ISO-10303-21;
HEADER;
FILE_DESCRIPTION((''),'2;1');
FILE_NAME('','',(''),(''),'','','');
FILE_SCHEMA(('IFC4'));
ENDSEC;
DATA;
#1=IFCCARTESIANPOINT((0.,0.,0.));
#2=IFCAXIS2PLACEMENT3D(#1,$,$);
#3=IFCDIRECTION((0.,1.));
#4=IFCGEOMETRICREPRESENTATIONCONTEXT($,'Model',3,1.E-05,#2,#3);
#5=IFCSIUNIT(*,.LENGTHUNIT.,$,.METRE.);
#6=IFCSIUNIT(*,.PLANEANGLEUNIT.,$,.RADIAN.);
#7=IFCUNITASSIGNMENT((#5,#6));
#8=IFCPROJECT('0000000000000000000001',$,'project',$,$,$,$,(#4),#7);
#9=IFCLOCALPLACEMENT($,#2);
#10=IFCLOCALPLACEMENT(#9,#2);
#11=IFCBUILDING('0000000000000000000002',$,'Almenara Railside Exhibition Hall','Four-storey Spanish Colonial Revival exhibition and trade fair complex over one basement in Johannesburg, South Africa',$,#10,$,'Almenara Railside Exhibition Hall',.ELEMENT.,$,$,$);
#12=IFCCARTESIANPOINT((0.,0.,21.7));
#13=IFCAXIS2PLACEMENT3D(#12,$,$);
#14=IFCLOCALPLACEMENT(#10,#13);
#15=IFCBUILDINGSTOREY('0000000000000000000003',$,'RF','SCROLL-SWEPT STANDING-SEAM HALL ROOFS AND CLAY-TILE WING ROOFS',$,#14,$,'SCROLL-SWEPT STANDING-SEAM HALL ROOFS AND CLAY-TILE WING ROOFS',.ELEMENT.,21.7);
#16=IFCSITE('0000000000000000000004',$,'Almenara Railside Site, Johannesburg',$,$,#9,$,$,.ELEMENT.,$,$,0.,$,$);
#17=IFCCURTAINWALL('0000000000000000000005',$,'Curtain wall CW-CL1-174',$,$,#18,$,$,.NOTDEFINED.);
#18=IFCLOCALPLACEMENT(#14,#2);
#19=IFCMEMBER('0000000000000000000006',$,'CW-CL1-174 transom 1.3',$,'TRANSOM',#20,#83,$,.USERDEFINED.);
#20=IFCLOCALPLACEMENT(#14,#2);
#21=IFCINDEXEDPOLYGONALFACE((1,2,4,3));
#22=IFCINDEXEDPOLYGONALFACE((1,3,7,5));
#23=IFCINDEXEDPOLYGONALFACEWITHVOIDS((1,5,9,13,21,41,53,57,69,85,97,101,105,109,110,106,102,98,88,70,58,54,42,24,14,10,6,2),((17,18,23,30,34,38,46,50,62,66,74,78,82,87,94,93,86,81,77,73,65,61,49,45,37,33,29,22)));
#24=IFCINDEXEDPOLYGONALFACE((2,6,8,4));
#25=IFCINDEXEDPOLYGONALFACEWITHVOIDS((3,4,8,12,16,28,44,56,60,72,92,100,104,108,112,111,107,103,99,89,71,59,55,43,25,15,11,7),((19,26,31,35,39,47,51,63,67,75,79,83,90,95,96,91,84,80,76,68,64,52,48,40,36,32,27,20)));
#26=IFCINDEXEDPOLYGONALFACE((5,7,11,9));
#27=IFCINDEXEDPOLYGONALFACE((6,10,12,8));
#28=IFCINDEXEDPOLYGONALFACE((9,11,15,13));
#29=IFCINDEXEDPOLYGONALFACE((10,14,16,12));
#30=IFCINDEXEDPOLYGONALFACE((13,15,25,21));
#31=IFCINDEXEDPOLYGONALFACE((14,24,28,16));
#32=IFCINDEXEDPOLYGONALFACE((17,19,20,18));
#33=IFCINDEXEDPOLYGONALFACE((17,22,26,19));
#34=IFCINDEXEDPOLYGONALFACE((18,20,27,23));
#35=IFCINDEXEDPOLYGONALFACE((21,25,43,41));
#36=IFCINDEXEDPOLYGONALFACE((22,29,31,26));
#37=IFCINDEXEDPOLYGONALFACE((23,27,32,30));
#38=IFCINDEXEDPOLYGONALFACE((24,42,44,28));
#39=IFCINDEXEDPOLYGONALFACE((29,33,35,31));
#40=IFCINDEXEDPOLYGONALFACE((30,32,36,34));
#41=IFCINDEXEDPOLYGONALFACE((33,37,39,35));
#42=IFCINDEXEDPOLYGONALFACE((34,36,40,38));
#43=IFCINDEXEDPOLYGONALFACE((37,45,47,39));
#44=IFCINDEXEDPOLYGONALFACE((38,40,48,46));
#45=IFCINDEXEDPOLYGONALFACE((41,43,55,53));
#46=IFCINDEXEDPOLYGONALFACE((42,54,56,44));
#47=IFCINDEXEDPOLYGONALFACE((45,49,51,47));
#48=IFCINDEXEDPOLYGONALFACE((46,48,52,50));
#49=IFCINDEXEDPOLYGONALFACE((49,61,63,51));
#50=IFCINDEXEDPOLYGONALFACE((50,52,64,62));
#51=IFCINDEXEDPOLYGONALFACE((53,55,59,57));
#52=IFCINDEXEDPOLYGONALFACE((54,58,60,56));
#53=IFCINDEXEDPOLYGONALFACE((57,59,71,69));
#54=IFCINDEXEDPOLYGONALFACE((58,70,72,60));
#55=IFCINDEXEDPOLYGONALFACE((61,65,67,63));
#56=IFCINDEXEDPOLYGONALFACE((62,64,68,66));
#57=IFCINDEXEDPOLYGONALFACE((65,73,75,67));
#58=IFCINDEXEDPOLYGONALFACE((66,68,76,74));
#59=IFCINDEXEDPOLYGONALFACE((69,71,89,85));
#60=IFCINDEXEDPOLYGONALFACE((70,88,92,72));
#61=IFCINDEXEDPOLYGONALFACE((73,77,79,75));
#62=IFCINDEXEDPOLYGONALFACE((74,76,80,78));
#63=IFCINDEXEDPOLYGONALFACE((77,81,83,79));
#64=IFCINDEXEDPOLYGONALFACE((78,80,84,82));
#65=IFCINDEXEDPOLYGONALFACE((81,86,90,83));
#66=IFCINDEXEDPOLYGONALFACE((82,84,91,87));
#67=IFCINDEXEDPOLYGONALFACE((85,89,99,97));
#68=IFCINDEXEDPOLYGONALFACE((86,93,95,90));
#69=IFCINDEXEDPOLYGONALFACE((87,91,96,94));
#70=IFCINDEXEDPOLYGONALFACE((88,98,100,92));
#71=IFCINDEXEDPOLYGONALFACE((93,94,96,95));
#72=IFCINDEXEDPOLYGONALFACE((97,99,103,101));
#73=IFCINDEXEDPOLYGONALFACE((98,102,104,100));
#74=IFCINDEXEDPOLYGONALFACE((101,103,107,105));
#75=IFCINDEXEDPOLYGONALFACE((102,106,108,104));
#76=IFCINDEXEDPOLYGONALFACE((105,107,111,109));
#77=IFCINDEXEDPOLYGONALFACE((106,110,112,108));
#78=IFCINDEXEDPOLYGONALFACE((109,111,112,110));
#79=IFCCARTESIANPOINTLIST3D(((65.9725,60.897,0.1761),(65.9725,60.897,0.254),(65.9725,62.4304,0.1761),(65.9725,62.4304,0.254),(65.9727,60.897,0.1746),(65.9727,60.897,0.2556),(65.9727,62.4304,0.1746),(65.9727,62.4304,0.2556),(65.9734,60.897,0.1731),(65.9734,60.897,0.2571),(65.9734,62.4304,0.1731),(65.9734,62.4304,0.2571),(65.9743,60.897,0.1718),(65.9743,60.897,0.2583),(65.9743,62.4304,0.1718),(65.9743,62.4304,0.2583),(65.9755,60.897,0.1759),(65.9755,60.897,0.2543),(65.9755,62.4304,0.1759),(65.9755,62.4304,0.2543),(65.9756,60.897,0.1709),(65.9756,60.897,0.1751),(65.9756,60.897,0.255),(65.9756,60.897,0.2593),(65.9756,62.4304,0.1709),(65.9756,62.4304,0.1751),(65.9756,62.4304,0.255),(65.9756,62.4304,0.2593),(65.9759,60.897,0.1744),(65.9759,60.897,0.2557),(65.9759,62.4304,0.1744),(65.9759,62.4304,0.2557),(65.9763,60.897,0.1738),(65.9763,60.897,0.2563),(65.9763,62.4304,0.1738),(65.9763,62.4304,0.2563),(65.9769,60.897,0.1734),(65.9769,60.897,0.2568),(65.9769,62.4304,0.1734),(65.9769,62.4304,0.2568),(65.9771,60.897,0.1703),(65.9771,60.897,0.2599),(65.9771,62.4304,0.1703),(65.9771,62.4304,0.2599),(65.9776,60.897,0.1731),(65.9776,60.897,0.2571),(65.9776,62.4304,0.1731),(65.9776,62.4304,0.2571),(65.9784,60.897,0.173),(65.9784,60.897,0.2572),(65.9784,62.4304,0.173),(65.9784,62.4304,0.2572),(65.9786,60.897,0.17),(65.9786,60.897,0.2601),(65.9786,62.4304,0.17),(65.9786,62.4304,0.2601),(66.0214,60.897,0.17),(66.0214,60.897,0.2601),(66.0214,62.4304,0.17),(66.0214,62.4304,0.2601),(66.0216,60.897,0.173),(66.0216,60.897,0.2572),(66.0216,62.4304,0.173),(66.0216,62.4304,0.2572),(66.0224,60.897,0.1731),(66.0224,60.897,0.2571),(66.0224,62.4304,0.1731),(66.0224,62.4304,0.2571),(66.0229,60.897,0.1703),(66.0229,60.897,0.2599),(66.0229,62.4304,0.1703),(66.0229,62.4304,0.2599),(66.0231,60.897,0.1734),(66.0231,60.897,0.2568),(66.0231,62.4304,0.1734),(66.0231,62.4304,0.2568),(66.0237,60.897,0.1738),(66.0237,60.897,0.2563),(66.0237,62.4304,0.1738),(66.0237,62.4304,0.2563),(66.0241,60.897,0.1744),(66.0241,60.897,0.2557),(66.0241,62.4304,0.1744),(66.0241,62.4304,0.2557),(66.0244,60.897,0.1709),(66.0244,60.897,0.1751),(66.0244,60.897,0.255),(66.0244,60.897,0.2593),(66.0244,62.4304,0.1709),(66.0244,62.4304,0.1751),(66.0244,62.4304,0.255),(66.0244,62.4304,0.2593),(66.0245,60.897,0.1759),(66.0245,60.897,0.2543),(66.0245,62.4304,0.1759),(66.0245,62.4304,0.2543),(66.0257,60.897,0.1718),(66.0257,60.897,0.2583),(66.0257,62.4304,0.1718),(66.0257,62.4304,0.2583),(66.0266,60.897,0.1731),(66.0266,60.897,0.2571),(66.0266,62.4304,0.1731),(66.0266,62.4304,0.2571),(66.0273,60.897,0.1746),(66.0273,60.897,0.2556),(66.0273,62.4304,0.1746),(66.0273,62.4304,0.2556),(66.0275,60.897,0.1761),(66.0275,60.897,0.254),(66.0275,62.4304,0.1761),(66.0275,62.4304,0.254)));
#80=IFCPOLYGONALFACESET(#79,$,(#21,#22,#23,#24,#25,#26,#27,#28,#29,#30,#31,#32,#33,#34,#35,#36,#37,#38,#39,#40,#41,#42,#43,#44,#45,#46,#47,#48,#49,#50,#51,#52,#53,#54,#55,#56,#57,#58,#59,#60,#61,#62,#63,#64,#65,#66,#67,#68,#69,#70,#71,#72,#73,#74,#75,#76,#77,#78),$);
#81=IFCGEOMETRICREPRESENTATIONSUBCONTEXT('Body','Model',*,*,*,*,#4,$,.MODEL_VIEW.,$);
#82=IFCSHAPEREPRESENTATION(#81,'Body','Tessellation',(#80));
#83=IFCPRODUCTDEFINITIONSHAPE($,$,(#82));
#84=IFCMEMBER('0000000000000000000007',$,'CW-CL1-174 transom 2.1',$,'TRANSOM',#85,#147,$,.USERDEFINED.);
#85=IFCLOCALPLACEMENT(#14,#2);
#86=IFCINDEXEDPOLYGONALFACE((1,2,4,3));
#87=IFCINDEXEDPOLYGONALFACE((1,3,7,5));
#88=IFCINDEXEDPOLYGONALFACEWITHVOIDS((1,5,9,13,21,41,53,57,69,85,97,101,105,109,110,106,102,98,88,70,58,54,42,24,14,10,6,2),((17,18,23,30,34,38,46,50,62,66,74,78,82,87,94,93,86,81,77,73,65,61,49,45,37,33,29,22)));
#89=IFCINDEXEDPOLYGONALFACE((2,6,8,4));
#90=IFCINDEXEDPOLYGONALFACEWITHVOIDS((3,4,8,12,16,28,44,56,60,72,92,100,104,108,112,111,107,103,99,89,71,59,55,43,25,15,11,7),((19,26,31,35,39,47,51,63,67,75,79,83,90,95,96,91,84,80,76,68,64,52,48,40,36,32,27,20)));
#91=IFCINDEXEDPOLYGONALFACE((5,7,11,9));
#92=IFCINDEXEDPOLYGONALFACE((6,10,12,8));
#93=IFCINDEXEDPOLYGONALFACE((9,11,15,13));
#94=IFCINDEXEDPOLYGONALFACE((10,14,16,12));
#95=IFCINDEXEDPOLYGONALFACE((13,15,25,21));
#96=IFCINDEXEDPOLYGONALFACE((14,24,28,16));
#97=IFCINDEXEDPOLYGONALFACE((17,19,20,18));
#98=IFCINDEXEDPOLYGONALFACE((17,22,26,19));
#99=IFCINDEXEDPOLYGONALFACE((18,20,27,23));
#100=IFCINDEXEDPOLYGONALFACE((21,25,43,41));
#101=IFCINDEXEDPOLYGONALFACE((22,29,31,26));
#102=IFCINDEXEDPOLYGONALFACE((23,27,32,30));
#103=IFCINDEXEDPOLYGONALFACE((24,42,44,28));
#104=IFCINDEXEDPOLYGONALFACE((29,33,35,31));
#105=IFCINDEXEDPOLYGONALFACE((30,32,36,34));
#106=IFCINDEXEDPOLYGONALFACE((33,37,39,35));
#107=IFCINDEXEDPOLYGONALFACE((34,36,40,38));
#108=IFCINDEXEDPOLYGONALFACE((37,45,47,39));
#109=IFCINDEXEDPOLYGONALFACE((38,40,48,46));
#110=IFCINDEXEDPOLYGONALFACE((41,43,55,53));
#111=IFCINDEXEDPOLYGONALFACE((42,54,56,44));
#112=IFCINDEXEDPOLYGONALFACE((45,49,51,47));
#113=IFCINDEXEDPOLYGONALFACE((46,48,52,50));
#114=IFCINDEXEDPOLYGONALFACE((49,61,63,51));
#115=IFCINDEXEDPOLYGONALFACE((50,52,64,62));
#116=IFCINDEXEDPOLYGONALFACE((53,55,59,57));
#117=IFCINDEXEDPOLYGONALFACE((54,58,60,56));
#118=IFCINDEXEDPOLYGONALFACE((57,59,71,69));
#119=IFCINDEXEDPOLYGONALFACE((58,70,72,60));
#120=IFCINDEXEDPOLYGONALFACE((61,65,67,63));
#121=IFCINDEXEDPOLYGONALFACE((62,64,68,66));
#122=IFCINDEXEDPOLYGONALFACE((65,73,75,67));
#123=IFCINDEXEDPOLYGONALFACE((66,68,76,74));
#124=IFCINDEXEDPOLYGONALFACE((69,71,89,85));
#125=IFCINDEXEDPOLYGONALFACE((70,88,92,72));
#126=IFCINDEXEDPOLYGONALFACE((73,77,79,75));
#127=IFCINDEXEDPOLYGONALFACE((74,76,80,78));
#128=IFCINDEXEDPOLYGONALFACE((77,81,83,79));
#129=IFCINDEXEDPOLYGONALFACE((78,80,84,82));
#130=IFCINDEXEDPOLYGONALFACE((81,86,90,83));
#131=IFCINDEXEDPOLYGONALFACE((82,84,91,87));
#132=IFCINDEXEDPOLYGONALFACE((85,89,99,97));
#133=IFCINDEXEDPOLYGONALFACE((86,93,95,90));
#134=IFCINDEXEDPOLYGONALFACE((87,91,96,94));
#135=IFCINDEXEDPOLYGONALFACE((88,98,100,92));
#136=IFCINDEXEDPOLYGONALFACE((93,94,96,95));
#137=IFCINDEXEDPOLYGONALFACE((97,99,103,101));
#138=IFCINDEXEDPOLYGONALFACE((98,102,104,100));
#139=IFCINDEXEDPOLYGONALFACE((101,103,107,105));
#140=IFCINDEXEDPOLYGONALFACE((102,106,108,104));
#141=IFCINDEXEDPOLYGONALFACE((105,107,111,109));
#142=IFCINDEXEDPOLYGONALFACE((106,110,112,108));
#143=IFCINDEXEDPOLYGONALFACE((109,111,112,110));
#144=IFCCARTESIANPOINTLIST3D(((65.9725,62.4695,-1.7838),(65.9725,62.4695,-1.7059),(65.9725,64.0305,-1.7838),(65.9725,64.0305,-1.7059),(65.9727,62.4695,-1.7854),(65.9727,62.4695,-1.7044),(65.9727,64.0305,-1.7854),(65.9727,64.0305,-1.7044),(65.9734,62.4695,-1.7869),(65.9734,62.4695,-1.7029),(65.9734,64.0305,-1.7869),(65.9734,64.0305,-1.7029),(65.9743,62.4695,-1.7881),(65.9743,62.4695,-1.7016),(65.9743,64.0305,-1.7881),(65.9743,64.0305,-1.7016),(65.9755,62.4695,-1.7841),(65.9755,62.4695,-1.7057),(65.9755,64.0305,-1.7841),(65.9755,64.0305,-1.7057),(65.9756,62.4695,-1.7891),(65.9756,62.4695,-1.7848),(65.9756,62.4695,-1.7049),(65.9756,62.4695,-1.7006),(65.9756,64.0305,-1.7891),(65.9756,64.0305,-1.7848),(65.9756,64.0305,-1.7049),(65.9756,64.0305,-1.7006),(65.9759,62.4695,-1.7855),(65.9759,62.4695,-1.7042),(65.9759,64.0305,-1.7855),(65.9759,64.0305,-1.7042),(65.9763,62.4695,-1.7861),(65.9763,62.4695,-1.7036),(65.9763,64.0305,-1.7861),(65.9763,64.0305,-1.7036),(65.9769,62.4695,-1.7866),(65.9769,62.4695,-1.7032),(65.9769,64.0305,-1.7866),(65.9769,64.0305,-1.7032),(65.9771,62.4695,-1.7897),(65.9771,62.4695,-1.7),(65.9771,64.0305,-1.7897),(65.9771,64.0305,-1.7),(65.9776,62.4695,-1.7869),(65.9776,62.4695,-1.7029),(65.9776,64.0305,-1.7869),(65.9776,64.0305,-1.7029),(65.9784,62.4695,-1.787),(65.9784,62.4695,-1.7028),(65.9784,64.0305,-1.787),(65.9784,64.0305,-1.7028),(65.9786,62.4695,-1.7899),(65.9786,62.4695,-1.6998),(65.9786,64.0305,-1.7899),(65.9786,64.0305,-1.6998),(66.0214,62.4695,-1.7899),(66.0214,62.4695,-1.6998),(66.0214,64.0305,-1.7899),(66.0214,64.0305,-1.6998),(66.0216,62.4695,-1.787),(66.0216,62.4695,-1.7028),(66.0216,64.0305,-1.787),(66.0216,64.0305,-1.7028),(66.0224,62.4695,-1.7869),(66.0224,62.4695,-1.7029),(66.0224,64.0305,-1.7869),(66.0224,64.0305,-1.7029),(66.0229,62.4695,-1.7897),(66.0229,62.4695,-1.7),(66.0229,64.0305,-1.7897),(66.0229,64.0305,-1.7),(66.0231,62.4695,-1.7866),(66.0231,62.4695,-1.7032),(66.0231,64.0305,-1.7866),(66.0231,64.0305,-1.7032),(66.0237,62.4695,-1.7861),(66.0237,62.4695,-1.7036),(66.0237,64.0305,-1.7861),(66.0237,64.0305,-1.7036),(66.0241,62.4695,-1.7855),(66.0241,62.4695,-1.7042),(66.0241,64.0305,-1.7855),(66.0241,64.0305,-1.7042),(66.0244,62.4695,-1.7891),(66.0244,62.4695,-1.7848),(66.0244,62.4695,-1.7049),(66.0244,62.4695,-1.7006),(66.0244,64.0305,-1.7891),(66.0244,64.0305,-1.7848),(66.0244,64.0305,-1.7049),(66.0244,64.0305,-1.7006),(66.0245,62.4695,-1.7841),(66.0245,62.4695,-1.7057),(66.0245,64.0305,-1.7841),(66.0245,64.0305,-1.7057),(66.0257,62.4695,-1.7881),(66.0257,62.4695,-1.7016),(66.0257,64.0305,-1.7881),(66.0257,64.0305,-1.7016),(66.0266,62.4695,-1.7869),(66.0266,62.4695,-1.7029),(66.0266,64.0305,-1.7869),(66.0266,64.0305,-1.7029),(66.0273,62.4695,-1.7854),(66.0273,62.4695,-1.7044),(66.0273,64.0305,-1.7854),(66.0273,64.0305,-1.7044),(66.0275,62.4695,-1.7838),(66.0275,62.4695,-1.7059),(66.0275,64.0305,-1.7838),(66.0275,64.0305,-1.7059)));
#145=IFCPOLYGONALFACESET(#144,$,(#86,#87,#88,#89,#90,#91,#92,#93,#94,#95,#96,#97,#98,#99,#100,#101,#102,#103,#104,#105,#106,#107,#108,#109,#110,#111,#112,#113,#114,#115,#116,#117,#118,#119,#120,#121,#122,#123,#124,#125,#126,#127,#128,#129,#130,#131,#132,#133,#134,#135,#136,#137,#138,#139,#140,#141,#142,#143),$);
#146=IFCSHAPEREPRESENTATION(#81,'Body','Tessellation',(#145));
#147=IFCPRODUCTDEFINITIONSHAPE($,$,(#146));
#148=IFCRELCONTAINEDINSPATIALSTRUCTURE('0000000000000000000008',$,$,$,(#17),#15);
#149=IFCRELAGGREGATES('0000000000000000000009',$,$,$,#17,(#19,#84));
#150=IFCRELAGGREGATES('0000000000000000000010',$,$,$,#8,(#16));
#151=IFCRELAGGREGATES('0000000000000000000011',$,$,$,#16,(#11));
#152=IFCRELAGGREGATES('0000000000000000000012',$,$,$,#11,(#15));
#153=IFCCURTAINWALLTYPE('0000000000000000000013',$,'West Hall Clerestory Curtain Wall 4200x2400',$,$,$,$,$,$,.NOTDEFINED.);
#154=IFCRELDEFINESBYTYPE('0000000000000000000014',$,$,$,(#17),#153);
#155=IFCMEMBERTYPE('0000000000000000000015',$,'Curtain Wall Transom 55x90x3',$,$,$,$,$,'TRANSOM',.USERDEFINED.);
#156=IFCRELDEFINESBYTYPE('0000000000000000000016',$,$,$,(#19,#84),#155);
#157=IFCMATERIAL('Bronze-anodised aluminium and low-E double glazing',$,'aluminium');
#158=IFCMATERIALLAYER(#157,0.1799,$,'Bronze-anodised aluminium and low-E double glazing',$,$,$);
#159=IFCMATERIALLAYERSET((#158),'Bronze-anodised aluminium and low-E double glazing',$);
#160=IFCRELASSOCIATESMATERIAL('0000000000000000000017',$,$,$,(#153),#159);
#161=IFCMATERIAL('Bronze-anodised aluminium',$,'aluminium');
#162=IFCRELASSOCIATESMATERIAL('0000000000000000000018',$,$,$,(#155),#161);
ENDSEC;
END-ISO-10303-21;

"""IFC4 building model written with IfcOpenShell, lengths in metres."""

from ifc_helpers import new_model, si_unit, direction, frame, origin, origin_2d, place, context, subcontext, project, spatial, hollow_rectangle, extrude, material, layer, layer_set, material_profile, profile_set, type_object, element, aggregate, save


model = new_model("IFC4")

# Units and contexts
model_context = context("Model", 3, precision=1e-05, world=origin(), true_north=direction((0.0, 1.0)))
body_context = subcontext(model_context, "Body", "Model", "MODEL_VIEW")
ifc_project = project(units=[si_unit("LENGTHUNIT", "METRE"), si_unit("PLANEANGLEUNIT", "RADIAN")], contexts=[model_context])

# Site, building, storey
site_placement = place(None, origin())
site = spatial("IfcSite", under=ifc_project, at=site_placement, Name="Almenara Railside Site, Johannesburg", CompositionType="ELEMENT", RefElevation=0.0)
building_placement = place(site_placement, origin())
building = spatial("IfcBuilding", under=site, at=building_placement, Name="Almenara Railside Exhibition Hall", Description="Four-storey Spanish Colonial Revival exhibition and trade fair complex over one basement in Johannesburg, South Africa", LongName="Almenara Railside Exhibition Hall", CompositionType="ELEMENT")
storey_placement = place(building_placement, frame((0.0, 0.0, 21.7)))
storey = spatial("IfcBuildingStorey", under=building, at=storey_placement, Name="RF", Description="SCROLL-SWEPT STANDING-SEAM HALL ROOFS AND CLAY-TILE WING ROOFS", LongName="SCROLL-SWEPT STANDING-SEAM HALL ROOFS AND CLAY-TILE WING ROOFS", CompositionType="ELEMENT", Elevation=21.7)

# Curtain wall
ifc_material_1 = material(Name="Bronze-anodised aluminium and low-E double glazing", Category="aluminium")
ifc_layer_1 = layer(ifc_material_1, 0.1799, Name="Bronze-anodised aluminium and low-E double glazing")
ifc_layer_set_1 = layer_set([ifc_layer_1], Name="Bronze-anodised aluminium and low-E double glazing")
curtain_wall_type = type_object("IfcCurtainWallType", Name="West Hall Clerestory Curtain Wall 4200x2400", PredefinedType="NOTDEFINED", material=ifc_layer_set_1)
curtain_wall_1_placement = place(storey_placement, origin())
curtain_wall_1 = element("IfcCurtainWall", 1, at=curtain_wall_1_placement, inside=storey, type_object=curtain_wall_type, Name="Curtain wall CW-CL1-174", PredefinedType="NOTDEFINED")
ifc_material_2 = material(Name="Bronze-anodised aluminium", Category="aluminium")

# Members
ifc_material_profile_1 = material_profile(ifc_material_2, hollow_rectangle(XDim=0.0549, YDim=0.0901, WallThickness=0.0029, InnerFilletRadius=0.0029, OuterFilletRadius=0.0061, at=origin_2d()), Name="ALU-TRN 55x90x3")
ifc_profile_set_1 = profile_set([ifc_material_profile_1], Name="Bronze-anodised aluminium")
member_type_1 = type_object("IfcMemberType", Name="Curtain Wall Transom 55x90x3", ElementType="TRANSOM", PredefinedType="USERDEFINED", material=ifc_profile_set_1)
member_1_placement = place(storey_placement, frame((66.0, 60.897, 0.2151), z_axis=(0.0, 1.0, 0.0), x_axis=(-1.0, 0.0, 0.0)))
member_1 = element("IfcMember", 2, at=member_1_placement, type_object=member_type_1, Name="CW-CL1-174 transom 1.3", ObjectType="TRANSOM", PredefinedType="USERDEFINED", context=body_context, shape_type="SweptSolid", body=[
    extrude(hollow_rectangle(XDim=0.0549, YDim=0.0901, WallThickness=0.0029, InnerFilletRadius=0.0029, OuterFilletRadius=0.0061, at=origin_2d()), origin(), (0.0, 0.0, 1.0), 1.5334),
])
member_2_placement = place(storey_placement, frame((66.0, 62.4695, -1.7449), z_axis=(0.0, 1.0, 0.0), x_axis=(-1.0, 0.0, 0.0)))
member_2 = element("IfcMember", 3, at=member_2_placement, type_object=member_type_1, Name="CW-CL1-174 transom 2.1", ObjectType="TRANSOM", PredefinedType="USERDEFINED", context=body_context, shape_type="SweptSolid", body=[
    extrude(hollow_rectangle(XDim=0.0549, YDim=0.0901, WallThickness=0.0029, InnerFilletRadius=0.0029, OuterFilletRadius=0.0061, at=origin_2d()), origin(), (0.0, 0.0, 1.0), 1.561),
])

aggregate(curtain_wall_1, [member_1, member_2])

save(model, "model.ifc")
